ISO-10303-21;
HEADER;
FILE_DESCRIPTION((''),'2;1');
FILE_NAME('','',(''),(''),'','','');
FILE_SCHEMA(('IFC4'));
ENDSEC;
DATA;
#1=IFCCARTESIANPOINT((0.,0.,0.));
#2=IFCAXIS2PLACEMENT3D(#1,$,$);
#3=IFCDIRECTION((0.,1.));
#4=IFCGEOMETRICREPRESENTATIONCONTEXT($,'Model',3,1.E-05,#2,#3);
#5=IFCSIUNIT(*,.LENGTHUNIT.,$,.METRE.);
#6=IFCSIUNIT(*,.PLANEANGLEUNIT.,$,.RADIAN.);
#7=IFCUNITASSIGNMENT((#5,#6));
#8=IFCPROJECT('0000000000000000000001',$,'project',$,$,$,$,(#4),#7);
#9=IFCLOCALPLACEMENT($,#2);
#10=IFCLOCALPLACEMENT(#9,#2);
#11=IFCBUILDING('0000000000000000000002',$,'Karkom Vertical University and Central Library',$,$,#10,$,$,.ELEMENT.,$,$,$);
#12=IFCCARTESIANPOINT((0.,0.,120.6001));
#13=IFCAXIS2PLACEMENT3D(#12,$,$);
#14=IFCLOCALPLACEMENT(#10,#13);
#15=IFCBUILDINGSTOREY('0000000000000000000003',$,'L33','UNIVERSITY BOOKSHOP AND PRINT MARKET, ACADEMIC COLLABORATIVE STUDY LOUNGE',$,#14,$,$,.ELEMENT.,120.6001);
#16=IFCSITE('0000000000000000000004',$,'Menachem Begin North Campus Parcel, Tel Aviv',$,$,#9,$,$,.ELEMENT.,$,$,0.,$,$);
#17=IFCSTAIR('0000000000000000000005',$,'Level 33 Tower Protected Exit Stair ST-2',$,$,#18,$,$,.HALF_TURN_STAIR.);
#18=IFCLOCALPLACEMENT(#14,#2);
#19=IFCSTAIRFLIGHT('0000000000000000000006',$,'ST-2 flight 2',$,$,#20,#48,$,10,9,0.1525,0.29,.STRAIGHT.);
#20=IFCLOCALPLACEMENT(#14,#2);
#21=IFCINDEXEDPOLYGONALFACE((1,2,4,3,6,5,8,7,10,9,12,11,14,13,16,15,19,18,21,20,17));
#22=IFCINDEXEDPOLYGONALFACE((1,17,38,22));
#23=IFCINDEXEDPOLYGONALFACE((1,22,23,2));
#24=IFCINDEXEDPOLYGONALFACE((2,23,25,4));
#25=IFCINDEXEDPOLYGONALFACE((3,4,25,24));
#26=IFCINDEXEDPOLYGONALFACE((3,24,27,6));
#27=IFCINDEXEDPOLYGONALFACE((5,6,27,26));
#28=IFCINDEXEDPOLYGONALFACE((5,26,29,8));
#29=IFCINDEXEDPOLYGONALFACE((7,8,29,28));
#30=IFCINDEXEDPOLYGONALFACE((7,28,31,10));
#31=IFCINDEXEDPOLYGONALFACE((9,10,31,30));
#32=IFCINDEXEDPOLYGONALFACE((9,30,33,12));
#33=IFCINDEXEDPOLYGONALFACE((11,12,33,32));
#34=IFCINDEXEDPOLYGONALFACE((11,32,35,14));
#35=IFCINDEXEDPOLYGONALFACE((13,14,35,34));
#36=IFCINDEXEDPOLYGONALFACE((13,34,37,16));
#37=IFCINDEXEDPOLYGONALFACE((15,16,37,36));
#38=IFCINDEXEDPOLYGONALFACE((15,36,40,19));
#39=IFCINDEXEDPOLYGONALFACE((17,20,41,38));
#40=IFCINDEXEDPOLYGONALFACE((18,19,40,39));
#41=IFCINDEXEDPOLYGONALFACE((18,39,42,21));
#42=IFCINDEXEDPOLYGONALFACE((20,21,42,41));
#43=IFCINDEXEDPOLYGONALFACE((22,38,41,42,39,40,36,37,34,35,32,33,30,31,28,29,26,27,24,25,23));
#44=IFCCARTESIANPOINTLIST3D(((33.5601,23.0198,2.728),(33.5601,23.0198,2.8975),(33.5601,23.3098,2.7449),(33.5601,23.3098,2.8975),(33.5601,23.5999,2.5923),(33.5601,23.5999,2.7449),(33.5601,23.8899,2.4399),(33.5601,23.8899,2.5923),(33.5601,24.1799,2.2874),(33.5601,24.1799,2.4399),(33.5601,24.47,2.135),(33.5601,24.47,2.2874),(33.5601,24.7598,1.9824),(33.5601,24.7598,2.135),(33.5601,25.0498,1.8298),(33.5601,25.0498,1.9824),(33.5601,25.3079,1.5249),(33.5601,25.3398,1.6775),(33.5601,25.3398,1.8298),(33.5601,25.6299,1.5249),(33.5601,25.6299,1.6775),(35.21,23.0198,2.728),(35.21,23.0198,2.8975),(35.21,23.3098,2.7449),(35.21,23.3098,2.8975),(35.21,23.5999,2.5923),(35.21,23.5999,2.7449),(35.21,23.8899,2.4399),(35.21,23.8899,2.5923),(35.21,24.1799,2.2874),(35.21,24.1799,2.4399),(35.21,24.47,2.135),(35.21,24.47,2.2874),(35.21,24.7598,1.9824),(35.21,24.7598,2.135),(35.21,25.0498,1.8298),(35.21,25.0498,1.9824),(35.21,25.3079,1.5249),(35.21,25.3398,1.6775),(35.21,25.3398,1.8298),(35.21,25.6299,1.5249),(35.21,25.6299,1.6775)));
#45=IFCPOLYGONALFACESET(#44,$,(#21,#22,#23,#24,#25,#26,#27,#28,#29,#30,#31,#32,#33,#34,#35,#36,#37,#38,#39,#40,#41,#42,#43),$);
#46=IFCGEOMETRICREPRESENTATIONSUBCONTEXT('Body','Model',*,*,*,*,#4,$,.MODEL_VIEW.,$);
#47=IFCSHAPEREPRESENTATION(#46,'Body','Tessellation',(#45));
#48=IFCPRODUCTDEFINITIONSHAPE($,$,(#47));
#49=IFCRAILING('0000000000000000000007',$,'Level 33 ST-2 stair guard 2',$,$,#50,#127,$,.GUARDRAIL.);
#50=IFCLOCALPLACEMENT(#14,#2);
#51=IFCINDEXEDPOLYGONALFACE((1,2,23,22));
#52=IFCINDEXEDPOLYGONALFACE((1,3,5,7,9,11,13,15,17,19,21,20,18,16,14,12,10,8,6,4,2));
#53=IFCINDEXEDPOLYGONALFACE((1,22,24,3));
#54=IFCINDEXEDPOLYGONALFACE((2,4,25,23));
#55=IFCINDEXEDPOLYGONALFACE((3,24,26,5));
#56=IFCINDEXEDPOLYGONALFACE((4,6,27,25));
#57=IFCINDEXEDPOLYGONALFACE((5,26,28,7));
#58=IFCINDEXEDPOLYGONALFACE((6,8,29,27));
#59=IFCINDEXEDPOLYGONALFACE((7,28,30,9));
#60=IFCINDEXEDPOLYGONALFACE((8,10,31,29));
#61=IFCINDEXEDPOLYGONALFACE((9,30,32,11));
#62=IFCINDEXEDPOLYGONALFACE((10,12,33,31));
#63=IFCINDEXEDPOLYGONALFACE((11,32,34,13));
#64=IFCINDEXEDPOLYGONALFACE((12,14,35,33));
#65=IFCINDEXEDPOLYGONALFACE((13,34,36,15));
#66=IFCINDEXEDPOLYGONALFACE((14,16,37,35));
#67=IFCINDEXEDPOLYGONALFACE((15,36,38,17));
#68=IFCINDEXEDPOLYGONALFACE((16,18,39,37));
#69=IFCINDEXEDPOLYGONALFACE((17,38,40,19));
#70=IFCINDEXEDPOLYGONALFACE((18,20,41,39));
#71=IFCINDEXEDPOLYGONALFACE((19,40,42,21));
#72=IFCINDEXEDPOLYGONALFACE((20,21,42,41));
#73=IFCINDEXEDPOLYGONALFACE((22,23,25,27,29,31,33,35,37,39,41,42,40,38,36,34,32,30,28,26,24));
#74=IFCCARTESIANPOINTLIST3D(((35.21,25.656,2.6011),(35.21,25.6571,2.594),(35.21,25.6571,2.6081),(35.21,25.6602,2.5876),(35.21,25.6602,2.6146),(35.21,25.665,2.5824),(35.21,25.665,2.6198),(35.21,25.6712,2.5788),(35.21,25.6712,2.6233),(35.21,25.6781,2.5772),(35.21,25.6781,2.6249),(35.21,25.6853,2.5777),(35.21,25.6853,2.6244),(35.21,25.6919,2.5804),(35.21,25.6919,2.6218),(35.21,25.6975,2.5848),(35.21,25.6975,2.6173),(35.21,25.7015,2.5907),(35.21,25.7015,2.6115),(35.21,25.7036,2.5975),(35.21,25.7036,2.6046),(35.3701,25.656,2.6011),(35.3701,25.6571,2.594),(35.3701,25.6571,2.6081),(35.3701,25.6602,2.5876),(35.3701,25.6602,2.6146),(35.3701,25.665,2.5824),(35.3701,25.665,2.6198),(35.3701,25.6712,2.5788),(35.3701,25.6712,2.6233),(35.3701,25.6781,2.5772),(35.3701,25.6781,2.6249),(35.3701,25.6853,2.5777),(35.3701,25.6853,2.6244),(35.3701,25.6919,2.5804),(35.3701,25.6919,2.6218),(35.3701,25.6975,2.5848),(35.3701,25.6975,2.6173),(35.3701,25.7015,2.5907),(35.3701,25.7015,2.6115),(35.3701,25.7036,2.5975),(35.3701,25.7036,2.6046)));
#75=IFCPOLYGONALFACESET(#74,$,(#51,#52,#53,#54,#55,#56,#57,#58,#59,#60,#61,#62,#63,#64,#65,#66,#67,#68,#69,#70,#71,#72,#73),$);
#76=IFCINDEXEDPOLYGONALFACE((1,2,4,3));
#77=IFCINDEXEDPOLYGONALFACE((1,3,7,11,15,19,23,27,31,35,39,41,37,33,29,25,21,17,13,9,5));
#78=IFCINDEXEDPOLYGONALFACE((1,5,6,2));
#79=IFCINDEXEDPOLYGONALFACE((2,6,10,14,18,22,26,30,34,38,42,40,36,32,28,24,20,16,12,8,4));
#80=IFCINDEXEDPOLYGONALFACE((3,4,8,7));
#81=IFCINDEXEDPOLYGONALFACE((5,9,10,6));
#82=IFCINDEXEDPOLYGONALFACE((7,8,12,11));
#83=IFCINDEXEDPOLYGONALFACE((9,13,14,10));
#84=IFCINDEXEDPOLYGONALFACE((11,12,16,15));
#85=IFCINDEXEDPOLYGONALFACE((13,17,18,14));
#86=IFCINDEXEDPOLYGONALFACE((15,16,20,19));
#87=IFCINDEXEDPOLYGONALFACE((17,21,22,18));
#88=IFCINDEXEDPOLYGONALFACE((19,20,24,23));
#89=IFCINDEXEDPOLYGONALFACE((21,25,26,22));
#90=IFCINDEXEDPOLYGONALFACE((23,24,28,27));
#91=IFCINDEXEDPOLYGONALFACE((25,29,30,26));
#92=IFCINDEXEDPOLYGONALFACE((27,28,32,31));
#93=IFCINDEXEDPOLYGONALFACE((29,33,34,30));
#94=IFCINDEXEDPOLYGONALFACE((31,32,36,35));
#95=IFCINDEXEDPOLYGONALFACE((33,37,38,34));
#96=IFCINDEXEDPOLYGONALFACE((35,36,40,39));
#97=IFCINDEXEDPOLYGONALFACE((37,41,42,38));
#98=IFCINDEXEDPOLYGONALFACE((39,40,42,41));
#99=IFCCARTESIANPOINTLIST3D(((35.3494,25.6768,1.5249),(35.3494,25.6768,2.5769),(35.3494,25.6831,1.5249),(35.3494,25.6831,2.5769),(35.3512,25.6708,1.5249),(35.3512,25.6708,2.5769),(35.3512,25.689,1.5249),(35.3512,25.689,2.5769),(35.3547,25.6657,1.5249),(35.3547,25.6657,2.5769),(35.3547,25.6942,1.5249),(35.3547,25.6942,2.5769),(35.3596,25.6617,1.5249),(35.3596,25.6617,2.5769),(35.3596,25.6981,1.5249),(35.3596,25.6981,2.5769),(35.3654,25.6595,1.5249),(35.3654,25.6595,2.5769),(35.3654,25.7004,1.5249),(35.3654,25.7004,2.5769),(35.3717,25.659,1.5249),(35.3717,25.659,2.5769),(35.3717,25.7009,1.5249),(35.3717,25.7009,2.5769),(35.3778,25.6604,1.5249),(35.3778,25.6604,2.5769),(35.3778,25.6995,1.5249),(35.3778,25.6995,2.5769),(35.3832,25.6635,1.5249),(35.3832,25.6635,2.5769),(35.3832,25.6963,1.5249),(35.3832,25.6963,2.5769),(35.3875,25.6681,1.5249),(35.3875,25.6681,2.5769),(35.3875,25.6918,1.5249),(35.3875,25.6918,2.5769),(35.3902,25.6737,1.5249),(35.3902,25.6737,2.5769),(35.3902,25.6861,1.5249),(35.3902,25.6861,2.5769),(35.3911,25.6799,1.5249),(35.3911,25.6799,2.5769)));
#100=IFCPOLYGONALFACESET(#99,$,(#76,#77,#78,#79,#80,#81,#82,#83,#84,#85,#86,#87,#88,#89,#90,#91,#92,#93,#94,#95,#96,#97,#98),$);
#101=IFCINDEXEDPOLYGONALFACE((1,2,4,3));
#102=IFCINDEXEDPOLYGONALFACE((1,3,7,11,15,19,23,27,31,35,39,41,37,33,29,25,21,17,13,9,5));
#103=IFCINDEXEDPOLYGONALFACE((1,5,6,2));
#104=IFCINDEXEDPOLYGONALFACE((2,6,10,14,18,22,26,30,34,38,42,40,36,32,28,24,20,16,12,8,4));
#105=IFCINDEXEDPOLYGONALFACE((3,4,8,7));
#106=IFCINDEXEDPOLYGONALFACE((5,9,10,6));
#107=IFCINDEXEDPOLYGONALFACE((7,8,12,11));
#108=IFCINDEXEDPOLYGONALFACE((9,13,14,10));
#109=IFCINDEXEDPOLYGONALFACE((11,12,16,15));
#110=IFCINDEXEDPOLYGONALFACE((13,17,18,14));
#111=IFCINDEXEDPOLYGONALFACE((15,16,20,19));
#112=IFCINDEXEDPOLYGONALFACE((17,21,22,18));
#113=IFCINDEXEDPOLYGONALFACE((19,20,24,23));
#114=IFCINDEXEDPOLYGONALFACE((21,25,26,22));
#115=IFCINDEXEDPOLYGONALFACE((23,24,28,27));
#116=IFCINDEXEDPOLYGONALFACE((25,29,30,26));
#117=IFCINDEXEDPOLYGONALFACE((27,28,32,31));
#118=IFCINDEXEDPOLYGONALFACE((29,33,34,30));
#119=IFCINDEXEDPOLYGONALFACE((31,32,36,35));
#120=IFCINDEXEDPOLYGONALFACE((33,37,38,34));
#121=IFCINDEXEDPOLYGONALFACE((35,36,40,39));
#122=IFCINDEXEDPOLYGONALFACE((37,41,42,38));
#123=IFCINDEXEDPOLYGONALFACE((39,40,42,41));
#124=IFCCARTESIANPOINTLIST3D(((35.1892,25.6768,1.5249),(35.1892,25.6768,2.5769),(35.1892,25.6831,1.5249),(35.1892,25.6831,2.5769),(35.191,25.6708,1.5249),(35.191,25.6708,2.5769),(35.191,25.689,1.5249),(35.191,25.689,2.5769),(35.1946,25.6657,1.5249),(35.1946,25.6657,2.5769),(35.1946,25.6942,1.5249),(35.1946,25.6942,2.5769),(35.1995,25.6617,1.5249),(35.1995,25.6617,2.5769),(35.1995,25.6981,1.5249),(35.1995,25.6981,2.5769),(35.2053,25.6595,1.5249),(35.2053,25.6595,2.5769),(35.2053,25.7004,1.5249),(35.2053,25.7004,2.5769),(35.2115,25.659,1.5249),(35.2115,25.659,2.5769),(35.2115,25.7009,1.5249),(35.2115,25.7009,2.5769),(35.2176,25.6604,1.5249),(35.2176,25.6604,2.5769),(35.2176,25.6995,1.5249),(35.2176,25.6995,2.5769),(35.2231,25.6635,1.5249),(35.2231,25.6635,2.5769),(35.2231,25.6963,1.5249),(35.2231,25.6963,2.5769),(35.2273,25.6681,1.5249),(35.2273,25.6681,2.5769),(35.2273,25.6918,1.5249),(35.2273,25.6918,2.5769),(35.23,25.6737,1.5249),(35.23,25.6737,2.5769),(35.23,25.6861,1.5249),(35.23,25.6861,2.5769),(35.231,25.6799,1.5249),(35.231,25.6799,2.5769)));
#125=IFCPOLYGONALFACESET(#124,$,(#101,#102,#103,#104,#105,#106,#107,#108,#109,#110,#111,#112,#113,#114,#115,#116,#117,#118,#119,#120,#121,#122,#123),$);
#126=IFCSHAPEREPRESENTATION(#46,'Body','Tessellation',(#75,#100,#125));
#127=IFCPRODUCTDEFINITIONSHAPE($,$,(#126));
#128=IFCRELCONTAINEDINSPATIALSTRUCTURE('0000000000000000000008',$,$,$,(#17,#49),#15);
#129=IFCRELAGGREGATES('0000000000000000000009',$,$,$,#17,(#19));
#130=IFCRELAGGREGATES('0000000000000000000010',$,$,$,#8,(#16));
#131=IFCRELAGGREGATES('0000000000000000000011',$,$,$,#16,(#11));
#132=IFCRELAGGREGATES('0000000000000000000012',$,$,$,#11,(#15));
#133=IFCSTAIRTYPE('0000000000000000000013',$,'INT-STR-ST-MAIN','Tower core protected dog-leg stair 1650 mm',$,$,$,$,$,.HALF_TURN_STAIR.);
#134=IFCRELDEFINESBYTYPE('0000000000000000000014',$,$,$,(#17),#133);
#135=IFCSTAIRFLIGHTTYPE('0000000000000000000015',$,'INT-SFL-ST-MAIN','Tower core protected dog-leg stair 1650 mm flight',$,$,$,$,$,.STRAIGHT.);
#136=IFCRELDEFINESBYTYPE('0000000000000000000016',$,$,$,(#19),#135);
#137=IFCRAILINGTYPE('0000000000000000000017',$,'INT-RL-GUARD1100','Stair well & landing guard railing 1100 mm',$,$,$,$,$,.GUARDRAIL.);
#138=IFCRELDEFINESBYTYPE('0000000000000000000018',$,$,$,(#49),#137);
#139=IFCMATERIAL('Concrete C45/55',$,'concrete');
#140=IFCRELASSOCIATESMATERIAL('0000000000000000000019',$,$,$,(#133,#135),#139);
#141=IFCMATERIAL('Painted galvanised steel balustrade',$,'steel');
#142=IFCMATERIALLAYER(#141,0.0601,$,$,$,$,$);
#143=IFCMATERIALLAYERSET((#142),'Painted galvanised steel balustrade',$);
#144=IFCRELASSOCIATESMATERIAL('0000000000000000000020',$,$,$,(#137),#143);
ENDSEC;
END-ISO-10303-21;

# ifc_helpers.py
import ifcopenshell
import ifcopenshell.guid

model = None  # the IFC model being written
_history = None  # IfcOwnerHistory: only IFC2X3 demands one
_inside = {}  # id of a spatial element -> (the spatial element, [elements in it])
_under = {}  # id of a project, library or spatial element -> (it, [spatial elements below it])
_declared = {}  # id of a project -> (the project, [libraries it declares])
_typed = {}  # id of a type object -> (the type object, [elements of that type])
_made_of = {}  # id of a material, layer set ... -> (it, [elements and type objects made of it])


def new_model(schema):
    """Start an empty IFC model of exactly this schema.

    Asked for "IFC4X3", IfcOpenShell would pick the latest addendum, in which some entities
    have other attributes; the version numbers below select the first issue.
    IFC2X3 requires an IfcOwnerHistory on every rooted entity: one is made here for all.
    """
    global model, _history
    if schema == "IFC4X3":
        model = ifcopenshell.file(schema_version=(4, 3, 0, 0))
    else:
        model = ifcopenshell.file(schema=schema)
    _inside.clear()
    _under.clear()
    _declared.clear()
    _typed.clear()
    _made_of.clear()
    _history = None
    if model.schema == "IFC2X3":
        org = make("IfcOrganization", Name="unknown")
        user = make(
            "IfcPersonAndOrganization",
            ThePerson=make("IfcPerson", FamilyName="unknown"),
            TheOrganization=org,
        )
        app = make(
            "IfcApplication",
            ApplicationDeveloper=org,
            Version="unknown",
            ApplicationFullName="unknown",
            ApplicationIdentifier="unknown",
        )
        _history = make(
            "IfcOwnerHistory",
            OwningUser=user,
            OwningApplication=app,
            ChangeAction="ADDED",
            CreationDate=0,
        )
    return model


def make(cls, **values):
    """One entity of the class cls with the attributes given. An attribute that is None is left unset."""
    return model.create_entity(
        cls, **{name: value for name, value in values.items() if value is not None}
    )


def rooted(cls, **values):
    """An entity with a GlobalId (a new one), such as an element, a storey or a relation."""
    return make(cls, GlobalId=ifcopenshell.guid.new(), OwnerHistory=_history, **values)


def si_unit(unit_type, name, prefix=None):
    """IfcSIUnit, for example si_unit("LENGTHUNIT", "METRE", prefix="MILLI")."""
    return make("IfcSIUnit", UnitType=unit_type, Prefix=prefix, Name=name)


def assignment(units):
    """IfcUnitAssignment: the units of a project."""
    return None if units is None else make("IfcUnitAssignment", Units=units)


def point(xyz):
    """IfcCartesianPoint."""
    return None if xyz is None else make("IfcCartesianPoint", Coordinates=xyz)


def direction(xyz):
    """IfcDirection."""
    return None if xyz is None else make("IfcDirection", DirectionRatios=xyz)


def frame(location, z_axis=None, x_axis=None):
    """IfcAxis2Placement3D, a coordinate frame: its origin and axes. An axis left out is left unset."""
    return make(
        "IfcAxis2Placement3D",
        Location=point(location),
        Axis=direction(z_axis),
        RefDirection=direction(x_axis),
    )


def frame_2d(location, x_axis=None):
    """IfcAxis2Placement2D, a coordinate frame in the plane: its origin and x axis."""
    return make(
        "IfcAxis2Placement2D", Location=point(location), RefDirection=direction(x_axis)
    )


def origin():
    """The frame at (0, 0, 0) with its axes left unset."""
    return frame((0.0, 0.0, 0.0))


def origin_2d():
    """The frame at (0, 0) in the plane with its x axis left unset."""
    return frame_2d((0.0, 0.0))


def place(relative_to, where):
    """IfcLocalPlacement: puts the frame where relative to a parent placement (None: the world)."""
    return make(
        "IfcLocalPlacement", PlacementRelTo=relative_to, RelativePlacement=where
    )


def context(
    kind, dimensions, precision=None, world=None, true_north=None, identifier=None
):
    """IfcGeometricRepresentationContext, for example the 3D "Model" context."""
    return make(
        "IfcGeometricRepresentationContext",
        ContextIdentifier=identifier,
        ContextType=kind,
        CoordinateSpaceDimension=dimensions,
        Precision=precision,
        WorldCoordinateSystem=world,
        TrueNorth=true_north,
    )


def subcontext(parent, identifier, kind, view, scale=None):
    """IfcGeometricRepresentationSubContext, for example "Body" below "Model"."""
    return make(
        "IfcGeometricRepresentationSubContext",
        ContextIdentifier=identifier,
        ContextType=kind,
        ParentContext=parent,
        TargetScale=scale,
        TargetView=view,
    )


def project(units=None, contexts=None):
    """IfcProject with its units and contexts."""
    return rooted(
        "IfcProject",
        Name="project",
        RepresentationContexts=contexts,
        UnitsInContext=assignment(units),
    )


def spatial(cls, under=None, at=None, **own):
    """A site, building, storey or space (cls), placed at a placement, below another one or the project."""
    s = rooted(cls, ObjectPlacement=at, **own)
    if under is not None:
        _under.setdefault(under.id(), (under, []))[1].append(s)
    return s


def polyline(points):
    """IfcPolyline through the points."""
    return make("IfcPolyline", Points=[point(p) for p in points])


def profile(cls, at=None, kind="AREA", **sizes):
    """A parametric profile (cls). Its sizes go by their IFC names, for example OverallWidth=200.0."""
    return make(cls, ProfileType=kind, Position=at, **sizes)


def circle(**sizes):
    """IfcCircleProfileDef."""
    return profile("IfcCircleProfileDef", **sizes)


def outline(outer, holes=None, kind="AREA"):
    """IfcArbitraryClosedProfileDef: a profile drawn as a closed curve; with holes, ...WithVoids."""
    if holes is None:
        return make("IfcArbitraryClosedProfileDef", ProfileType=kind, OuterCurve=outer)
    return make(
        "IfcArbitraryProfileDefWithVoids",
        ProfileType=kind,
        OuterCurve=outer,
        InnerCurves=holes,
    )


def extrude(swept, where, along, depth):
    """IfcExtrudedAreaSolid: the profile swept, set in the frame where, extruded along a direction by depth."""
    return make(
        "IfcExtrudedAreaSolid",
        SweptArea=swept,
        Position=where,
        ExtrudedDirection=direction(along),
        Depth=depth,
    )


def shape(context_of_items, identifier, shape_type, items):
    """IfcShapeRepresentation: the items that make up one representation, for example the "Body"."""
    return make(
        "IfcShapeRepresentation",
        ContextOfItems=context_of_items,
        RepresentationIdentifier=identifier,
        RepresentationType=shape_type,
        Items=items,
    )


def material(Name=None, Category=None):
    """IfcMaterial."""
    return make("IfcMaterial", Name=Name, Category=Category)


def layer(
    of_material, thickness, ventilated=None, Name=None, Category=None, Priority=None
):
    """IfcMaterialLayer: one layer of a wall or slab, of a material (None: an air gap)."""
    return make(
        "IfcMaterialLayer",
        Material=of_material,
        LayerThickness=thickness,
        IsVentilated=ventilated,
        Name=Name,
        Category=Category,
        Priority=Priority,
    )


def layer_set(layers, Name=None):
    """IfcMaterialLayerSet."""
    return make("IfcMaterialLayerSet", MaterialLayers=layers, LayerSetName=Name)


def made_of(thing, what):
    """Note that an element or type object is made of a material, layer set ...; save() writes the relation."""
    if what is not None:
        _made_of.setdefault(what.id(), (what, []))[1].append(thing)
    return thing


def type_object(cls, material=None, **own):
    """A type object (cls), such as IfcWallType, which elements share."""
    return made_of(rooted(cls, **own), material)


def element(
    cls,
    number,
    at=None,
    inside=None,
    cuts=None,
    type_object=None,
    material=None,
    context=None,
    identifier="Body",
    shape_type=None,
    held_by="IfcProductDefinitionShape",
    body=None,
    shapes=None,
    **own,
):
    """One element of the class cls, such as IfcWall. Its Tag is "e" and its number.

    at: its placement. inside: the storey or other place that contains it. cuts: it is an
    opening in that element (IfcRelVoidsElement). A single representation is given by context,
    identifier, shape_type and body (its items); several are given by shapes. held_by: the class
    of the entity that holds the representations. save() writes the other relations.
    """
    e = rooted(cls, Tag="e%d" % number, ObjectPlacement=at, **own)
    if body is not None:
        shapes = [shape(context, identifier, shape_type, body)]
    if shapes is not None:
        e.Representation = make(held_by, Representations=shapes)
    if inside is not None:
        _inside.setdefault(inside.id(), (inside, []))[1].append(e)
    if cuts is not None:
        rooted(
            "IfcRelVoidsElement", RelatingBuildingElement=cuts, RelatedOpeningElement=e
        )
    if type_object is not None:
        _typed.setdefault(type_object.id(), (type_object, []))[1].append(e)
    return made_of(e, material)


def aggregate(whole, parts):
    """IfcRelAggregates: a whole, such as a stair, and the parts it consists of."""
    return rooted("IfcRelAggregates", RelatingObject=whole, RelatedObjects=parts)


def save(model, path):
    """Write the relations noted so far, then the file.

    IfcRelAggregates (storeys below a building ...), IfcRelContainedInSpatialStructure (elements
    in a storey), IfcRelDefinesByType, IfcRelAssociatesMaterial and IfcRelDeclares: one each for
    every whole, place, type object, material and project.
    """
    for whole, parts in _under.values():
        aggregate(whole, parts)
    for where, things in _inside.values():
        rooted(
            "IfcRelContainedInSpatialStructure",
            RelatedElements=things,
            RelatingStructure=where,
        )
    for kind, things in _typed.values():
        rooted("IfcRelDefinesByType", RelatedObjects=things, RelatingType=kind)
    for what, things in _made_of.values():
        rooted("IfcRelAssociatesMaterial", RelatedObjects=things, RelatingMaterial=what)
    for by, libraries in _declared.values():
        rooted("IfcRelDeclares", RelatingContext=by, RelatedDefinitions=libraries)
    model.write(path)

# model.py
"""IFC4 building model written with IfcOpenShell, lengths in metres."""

from ifc_helpers import new_model, si_unit, direction, frame, origin, origin_2d, place, context, subcontext, project, spatial, polyline, circle, outline, extrude, material, layer, layer_set, type_object, element, aggregate, save


model = new_model("IFC4")

# Units and contexts
model_context = context("Model", 3, precision=1e-05, world=origin(), true_north=direction((0.0, 1.0)))
body_context = subcontext(model_context, "Body", "Model", "MODEL_VIEW")
ifc_project = project(units=[si_unit("LENGTHUNIT", "METRE"), si_unit("PLANEANGLEUNIT", "RADIAN")], contexts=[model_context])

# Site, building, storey
site_placement = place(None, origin())
site = spatial("IfcSite", under=ifc_project, at=site_placement, Name="Menachem Begin North Campus Parcel, Tel Aviv", CompositionType="ELEMENT", RefElevation=0.0)
building_placement = place(site_placement, origin())
building = spatial("IfcBuilding", under=site, at=building_placement, Name="Karkom Vertical University and Central Library", CompositionType="ELEMENT")
storey_placement = place(building_placement, frame((0.0, 0.0, 120.6001)))
storey = spatial("IfcBuildingStorey", under=building, at=storey_placement, Name="L33", Description="UNIVERSITY BOOKSHOP AND PRINT MARKET, ACADEMIC COLLABORATIVE STUDY LOUNGE", CompositionType="ELEMENT", Elevation=120.6001)

# Shared definitions
ifc_material_1 = material(Name="Concrete C45/55", Category="concrete")

# Stair, stair flight
stair_type = type_object("IfcStairType", Name="INT-STR-ST-MAIN", Description="Tower core protected dog-leg stair 1650 mm", PredefinedType="HALF_TURN_STAIR", material=ifc_material_1)
stair_placement = place(storey_placement, origin())
stair = element("IfcStair", 1, at=stair_placement, inside=storey, type_object=stair_type, Name="Level 33 Tower Protected Exit Stair ST-2", PredefinedType="HALF_TURN_STAIR")
stair_flight_type = type_object("IfcStairFlightType", Name="INT-SFL-ST-MAIN", Description="Tower core protected dog-leg stair 1650 mm flight", PredefinedType="STRAIGHT", material=ifc_material_1)
stair_flight_placement = place(storey_placement, frame((34.385, 25.6299, 1.5249), z_axis=(0.0, 0.0, 1.0), x_axis=(0.0, -1.0, 0.0)))
stair_flight = element("IfcStairFlight", 2, at=stair_flight_placement, type_object=stair_flight_type, Name="ST-2 flight 2", NumberOfRisers=10, NumberOfTreads=9, PredefinedType="STRAIGHT", RiserHeight=0.1525, TreadLength=0.29, context=body_context, shape_type="SweptSolid", body=[
    extrude(outline(polyline([(0.0, 0.0), (0.0, 0.1526), (0.29, 0.1526), (0.29, 0.3049), (0.5801, 0.3049), (0.5801, 0.4575), (0.8701, 0.4575), (0.8701, 0.6101), (1.1599, 0.6101), (1.1599, 0.7625), (1.45, 0.7625), (1.45, 0.915), (1.74, 0.915), (1.74, 1.0674), (2.03, 1.0674), (2.03, 1.22), (2.3201, 1.22), (2.3201, 1.3726), (2.6101, 1.3726), (2.6101, 1.5249), (2.6101, 1.2031), (0.322, 0.0), (0.0, 0.0)])), frame((0.0, 0.825, 0.0), z_axis=(0.0, -1.0, 0.0), x_axis=(1.0, 0.0, 0.0)), (0.0, 0.0, 1.0), 1.6499),
])
aggregate(stair, [stair_flight])

# Railing
ifc_material_2 = material(Name="Painted galvanised steel balustrade", Category="steel")
ifc_layer_1 = layer(ifc_material_2, 0.0601)
ifc_layer_set_1 = layer_set([ifc_layer_1], Name="Painted galvanised steel balustrade")
railing_type_1 = type_object("IfcRailingType", Name="INT-RL-GUARD1100", Description="Stair well & landing guard railing 1100 mm", PredefinedType="GUARDRAIL", material=ifc_layer_set_1)
railing_1_placement = place(storey_placement, frame((35.3701, 25.6799, 1.5249)))
element("IfcRailing", 3, at=railing_1_placement, inside=storey, type_object=railing_type_1, Name="Level 33 ST-2 stair guard 2", PredefinedType="GUARDRAIL", context=body_context, shape_type="SweptSolid", body=[
    extrude(circle(Radius=0.0239, at=origin_2d()), frame((0.0, 0.0, 1.0762), z_axis=(-1.0, 0.0, 0.0), x_axis=(0.0, -1.0, 0.0)), (0.0, 0.0, 1.0), 0.1602),
    extrude(circle(Radius=0.021, at=origin_2d()), origin(), (0.0, 0.0, 1.0), 1.052),
    extrude(circle(Radius=0.021, at=origin_2d()), frame((-0.1602, 0.0, 0.0)), (0.0, 0.0, 1.0), 1.052),
])

save(model, "model.ifc")
